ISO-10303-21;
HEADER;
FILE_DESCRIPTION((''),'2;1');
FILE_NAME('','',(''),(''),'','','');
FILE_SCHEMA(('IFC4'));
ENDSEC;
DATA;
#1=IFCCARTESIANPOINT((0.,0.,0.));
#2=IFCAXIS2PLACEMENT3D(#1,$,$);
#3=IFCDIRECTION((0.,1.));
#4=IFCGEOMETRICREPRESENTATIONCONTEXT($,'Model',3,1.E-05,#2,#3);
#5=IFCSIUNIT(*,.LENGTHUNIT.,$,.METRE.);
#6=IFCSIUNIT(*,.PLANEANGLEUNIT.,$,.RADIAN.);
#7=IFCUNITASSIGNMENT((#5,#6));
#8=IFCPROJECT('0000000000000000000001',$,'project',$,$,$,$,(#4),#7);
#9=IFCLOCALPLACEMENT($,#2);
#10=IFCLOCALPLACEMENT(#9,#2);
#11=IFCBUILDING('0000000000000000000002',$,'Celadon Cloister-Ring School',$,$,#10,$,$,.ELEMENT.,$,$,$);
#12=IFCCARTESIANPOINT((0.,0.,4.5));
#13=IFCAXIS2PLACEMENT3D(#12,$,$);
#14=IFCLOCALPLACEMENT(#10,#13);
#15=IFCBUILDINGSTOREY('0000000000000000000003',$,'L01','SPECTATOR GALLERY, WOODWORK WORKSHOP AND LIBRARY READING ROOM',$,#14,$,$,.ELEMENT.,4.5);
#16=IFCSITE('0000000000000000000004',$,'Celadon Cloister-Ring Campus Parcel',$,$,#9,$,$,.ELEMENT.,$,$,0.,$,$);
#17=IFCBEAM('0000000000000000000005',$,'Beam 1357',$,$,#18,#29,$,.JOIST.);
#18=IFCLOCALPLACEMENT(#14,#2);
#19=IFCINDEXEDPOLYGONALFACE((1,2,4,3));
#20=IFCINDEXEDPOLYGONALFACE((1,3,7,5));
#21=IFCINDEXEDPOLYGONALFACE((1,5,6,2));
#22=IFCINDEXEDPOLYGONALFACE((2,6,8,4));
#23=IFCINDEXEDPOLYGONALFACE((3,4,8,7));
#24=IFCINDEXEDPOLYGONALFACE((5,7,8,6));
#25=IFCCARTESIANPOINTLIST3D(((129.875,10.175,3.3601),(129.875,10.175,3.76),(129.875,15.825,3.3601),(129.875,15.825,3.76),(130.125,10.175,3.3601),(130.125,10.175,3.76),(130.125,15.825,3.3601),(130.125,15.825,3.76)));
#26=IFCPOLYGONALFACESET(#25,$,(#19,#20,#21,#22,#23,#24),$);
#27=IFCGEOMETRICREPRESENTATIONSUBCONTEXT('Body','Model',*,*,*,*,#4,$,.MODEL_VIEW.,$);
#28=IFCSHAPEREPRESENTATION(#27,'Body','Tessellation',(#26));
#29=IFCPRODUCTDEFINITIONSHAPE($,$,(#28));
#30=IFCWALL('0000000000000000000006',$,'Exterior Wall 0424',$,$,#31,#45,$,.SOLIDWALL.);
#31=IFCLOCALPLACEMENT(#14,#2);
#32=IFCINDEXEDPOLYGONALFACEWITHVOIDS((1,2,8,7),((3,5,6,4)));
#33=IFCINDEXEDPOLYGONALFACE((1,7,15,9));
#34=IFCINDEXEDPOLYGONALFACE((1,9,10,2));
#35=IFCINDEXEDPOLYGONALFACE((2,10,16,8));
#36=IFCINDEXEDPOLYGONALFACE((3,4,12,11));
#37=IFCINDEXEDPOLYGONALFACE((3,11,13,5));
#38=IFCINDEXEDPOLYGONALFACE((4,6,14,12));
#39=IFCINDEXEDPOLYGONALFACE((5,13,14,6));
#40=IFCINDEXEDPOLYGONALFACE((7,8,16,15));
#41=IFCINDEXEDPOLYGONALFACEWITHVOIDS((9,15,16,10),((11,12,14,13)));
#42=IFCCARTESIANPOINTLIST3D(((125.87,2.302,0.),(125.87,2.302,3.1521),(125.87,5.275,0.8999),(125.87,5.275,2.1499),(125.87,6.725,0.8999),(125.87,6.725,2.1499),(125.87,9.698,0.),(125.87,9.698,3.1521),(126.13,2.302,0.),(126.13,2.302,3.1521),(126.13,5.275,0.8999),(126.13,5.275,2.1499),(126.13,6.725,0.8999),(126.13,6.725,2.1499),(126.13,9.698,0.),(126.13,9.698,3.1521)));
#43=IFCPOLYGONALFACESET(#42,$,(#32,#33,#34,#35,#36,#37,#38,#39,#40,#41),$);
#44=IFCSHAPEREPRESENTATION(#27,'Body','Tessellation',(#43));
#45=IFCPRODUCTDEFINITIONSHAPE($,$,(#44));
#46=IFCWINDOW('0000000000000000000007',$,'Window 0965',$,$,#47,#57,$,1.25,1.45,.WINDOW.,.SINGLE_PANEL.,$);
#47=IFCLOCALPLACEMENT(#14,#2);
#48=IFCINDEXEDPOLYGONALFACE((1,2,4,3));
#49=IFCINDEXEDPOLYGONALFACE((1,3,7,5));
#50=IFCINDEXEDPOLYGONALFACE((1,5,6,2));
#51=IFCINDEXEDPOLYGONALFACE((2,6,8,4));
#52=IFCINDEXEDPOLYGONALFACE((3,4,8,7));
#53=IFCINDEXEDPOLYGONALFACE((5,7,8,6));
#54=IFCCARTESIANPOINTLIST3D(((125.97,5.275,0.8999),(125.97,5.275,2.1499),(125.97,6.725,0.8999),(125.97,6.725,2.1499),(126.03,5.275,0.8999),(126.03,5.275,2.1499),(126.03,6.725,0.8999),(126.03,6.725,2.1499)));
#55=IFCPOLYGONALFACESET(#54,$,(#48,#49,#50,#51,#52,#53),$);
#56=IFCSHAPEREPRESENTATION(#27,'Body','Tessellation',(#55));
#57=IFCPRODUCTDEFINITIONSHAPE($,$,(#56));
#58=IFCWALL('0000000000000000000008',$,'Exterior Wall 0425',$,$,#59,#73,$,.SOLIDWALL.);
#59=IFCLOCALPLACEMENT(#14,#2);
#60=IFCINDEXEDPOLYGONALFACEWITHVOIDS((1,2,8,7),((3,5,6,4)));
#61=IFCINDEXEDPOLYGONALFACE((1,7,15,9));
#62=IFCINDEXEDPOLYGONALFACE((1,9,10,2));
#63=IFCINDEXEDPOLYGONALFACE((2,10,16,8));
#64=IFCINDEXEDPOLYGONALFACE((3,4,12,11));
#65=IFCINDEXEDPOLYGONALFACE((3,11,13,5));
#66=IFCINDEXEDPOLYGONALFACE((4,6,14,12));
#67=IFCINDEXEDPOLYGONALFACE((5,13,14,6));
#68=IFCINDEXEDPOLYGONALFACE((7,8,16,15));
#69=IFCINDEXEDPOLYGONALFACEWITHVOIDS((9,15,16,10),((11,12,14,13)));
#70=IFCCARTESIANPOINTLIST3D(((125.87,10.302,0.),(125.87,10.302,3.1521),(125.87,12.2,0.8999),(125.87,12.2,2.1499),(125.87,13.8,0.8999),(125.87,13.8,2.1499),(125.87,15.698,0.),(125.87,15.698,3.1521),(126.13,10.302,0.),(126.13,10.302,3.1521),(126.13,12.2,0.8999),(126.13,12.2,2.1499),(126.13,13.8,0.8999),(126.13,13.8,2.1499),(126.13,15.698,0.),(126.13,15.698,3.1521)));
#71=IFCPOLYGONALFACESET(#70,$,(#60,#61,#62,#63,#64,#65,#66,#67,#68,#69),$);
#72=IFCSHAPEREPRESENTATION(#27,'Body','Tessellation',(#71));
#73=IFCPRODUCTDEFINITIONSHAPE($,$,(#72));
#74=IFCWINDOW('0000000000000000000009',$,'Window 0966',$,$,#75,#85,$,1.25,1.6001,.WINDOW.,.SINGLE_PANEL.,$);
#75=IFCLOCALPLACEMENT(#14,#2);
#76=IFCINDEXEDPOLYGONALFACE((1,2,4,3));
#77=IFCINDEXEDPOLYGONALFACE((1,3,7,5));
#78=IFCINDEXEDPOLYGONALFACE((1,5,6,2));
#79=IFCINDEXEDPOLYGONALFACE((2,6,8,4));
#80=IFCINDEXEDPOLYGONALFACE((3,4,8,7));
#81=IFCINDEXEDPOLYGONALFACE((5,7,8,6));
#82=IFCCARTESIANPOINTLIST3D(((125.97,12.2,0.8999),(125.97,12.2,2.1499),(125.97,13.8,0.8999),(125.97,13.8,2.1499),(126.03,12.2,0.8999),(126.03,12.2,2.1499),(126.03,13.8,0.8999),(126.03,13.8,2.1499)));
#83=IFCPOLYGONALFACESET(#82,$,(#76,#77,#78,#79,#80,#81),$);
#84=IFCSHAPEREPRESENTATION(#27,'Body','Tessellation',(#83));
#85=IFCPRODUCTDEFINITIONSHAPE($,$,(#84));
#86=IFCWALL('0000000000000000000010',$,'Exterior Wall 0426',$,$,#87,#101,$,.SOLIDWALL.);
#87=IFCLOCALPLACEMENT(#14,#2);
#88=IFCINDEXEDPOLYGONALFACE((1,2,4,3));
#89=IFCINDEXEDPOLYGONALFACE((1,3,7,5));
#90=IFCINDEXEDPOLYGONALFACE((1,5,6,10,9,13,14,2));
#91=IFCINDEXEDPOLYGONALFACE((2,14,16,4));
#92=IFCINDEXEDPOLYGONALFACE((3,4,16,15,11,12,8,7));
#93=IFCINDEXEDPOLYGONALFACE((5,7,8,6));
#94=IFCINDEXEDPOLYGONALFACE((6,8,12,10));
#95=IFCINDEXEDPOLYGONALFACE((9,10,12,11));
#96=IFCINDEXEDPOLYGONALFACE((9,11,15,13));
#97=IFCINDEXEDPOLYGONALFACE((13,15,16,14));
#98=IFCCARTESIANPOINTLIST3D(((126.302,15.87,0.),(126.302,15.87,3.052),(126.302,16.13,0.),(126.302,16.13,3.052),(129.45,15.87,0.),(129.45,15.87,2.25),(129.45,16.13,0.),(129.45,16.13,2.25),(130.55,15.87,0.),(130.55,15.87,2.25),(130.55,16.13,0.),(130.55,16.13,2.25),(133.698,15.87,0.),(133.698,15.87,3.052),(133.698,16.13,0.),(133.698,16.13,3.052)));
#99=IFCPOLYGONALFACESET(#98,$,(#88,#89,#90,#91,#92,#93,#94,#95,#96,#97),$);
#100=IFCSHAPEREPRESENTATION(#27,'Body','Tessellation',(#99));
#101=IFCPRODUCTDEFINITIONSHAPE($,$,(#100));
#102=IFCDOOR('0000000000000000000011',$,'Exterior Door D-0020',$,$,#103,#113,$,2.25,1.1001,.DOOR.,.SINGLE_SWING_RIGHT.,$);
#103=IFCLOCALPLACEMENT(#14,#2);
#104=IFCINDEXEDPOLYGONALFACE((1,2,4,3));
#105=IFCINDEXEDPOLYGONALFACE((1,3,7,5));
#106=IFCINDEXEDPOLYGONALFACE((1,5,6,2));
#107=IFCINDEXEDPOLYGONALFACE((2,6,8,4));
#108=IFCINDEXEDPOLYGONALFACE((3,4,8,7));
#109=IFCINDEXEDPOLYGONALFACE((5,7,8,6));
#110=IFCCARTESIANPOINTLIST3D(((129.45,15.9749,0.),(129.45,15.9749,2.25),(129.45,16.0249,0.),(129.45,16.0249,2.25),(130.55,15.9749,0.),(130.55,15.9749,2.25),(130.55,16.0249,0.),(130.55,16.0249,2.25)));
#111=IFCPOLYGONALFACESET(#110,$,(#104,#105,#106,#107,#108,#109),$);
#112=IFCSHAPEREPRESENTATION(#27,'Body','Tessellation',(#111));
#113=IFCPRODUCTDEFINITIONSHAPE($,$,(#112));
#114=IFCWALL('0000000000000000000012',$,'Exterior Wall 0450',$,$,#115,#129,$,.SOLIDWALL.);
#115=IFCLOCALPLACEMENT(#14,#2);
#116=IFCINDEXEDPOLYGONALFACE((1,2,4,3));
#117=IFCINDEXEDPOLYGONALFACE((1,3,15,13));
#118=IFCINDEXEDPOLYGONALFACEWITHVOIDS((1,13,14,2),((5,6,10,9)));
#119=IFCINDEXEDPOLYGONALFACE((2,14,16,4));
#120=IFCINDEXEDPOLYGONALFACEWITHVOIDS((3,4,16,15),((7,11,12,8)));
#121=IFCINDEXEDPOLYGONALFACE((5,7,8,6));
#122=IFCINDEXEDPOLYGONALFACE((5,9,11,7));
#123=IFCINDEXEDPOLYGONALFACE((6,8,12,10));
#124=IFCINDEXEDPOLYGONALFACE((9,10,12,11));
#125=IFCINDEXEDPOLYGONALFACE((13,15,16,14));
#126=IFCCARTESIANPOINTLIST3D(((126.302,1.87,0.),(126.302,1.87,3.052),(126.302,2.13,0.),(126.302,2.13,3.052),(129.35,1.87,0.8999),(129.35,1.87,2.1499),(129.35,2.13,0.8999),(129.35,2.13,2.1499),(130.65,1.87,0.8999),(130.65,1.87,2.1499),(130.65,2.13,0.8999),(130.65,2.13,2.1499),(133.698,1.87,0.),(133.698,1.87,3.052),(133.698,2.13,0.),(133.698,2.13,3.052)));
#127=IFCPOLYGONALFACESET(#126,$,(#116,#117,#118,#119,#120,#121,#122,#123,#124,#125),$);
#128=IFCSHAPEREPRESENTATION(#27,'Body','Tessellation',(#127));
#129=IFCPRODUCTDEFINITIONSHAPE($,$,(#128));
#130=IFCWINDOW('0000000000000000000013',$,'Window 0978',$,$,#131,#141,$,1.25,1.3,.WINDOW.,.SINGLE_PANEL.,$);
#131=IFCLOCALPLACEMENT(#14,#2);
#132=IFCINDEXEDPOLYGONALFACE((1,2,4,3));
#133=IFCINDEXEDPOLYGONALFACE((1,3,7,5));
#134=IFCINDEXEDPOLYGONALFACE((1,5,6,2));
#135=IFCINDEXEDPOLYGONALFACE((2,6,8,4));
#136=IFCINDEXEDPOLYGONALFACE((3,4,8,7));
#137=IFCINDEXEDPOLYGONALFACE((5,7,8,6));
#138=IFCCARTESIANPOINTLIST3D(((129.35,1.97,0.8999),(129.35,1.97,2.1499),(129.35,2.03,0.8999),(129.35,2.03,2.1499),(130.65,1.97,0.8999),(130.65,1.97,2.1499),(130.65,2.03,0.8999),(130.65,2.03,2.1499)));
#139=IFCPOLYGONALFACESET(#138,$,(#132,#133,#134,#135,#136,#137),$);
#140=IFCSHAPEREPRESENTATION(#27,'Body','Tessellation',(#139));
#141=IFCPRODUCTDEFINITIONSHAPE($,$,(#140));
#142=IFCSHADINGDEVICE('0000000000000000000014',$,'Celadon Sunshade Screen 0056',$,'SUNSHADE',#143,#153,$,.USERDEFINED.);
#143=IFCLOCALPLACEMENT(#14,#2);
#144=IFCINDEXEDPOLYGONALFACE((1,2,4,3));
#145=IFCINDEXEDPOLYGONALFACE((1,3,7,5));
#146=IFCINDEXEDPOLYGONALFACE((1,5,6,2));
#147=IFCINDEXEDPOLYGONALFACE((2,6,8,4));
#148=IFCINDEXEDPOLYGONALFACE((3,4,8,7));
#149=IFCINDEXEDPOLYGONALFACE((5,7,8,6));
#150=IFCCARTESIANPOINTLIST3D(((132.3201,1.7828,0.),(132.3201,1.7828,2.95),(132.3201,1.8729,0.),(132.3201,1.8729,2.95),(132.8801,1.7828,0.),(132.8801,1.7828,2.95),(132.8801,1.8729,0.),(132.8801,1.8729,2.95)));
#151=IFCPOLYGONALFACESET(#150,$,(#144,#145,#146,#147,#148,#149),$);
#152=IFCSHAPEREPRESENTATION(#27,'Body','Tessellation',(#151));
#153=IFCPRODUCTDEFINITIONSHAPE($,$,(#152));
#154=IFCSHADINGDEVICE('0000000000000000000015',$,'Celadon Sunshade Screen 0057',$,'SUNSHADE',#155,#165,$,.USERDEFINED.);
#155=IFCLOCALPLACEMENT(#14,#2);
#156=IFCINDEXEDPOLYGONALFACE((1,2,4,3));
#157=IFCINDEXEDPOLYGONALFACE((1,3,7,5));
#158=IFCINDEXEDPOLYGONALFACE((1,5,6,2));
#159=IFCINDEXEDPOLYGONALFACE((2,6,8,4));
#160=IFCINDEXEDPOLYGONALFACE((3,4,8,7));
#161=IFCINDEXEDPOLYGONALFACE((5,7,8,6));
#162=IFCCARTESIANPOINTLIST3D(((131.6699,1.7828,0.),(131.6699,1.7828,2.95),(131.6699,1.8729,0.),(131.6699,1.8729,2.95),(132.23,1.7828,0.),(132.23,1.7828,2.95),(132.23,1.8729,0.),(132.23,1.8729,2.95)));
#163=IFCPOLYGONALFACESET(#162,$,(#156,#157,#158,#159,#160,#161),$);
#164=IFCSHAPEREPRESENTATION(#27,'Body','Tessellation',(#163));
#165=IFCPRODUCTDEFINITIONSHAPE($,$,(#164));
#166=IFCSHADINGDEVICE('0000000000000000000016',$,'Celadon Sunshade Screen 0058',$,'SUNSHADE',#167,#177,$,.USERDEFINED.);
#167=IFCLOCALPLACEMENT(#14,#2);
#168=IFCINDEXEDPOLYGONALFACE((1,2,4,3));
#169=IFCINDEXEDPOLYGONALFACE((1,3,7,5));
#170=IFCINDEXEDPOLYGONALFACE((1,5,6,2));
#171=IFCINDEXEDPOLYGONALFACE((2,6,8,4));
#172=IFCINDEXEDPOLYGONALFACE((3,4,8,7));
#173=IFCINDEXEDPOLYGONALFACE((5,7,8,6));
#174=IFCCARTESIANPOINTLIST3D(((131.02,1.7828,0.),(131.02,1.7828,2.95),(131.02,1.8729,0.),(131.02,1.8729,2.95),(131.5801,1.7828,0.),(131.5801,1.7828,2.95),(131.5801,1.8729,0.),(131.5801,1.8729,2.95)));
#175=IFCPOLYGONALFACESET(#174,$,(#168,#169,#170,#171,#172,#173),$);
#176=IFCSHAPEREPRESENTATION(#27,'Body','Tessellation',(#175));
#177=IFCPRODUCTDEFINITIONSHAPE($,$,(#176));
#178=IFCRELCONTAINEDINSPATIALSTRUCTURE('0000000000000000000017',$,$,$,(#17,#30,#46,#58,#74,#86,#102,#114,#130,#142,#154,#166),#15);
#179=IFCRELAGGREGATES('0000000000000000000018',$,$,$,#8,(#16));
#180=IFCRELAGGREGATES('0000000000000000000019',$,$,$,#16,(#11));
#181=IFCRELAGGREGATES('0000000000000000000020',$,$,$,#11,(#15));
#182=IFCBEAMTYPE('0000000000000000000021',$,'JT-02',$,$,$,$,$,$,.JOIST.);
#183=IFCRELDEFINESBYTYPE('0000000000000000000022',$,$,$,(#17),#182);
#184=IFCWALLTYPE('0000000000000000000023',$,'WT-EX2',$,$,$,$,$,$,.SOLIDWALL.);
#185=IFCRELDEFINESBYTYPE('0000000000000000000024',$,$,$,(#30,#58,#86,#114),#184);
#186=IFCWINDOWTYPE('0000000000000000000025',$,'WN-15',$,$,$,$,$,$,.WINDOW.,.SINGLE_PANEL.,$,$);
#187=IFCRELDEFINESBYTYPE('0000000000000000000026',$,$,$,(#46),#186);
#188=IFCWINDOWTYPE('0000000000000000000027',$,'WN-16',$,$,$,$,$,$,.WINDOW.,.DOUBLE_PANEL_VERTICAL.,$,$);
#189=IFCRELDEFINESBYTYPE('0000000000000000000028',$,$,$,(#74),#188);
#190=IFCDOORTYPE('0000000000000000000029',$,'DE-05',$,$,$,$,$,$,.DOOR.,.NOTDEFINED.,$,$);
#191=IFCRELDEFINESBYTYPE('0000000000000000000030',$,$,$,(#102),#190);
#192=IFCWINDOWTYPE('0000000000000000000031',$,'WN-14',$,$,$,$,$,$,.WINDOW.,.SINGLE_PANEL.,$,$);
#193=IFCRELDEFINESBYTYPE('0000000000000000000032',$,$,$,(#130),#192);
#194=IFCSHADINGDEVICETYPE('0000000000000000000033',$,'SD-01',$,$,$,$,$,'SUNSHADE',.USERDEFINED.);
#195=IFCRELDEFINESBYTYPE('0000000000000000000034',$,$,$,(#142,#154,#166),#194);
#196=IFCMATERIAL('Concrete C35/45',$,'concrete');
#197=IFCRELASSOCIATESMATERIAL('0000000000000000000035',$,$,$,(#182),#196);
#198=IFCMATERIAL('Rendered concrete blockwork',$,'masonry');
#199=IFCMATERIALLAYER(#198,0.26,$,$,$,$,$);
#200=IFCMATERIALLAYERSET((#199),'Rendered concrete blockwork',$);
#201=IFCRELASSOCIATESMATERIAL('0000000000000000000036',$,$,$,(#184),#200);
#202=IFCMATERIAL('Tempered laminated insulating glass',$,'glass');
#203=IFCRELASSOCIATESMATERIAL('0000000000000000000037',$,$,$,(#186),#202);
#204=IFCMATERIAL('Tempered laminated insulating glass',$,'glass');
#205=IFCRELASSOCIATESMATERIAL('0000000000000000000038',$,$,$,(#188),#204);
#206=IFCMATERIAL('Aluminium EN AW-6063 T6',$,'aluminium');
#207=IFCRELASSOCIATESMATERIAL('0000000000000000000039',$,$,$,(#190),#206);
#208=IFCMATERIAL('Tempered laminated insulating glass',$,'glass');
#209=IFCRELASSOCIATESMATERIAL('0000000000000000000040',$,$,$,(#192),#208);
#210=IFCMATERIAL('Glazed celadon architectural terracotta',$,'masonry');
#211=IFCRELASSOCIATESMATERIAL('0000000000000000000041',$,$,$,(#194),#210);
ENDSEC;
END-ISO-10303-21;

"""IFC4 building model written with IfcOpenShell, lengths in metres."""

from ifc_helpers import new_model, si_unit, direction, frame, frame_2d, origin, origin_2d, place, context, subcontext, project, spatial, rectangle, extrude, material, layer, layer_set, material_profile, profile_set, type_object, element, fill, save


model = new_model("IFC4")

# Units and contexts
model_context = context("Model", 3, precision=1e-05, world=origin(), true_north=direction((0.0, 1.0)))
body_context = subcontext(model_context, "Body", "Model", "MODEL_VIEW")
ifc_project = project(units=[si_unit("LENGTHUNIT", "METRE"), si_unit("PLANEANGLEUNIT", "RADIAN")], contexts=[model_context])

# Site, building, storey
site_placement = place(None, origin())
site = spatial("IfcSite", under=ifc_project, at=site_placement, Name="Celadon Cloister-Ring Campus Parcel", CompositionType="ELEMENT", RefElevation=0.0)
building_placement = place(site_placement, origin())
building = spatial("IfcBuilding", under=site, at=building_placement, Name="Celadon Cloister-Ring School", CompositionType="ELEMENT")
storey_placement = place(building_placement, frame((0.0, 0.0, 4.5)))
storey = spatial("IfcBuildingStorey", under=building, at=storey_placement, Name="L01", Description="SPECTATOR GALLERY, WOODWORK WORKSHOP AND LIBRARY READING ROOM", CompositionType="ELEMENT", Elevation=4.5)

# Beam
ifc_material_1 = material(Name="Concrete C35/45", Category="concrete")
ifc_material_profile_1 = material_profile(ifc_material_1, rectangle(XDim=0.25, YDim=0.3999, at=origin_2d()), Name="RC250X400")
ifc_profile_set_1 = profile_set([ifc_material_profile_1], Name="Concrete C35/45")
beam_type_1 = type_object("IfcBeamType", Name="JT-02", PredefinedType="JOIST", material=ifc_profile_set_1)
beam_1_placement = place(storey_placement, frame((130.0, 10.175, 3.5601), z_axis=(0.0, 1.0, 0.0), x_axis=(-1.0, 0.0, 0.0)))
element("IfcBeam", 1, at=beam_1_placement, inside=storey, type_object=beam_type_1, Name="Beam 1357", PredefinedType="JOIST", context=body_context, shape_type="SweptSolid", body=[
    extrude(rectangle(XDim=0.25, YDim=0.3999, at=origin_2d()), origin(), (0.0, 0.0, 1.0), 5.6499),
])

# Walls, openings, windows
ifc_material_2 = material(Name="Rendered concrete blockwork", Category="masonry")
ifc_layer = layer(ifc_material_2, 0.26)
ifc_layer_set = layer_set([ifc_layer], Name="Rendered concrete blockwork")
wall_type = type_object("IfcWallType", Name="WT-EX2", PredefinedType="SOLIDWALL", material=ifc_layer_set)
wall_1_placement = place(storey_placement, frame((126.0, 2.302, 0.0), z_axis=(0.0, 0.0, 1.0), x_axis=(0.0, 1.0, 0.0)))
wall_1 = element("IfcWall", 2, at=wall_1_placement, inside=storey, type_object=wall_type, Name="Exterior Wall 0424", PredefinedType="SOLIDWALL", context=body_context, shape_type="SweptSolid", body=[
    extrude(rectangle(XDim=7.396, YDim=0.26, at=frame_2d((3.698, 0.0))), origin(), (0.0, 0.0, 1.0), 3.1521),
])
opening_1_placement = place(wall_1_placement, frame((2.9729, 0.0, 0.8999)))
opening_1 = element("IfcOpeningElement", 3, at=opening_1_placement, cuts=wall_1, PredefinedType="OPENING", context=body_context, shape_type="SweptSolid", body=[
    extrude(rectangle(XDim=1.45, YDim=1.25, at=frame_2d((0.7251, 0.625))), frame((0.0, 0.1401, 0.0), z_axis=(0.0, -1.0, 0.0), x_axis=(1.0, 0.0, 0.0)), (0.0, 0.0, 1.0), 0.28),
])
ifc_material_3 = material(Name="Tempered laminated insulating glass", Category="glass")
window_type_1 = type_object("IfcWindowType", Name="WN-15", PartitioningType="SINGLE_PANEL", PredefinedType="WINDOW", material=ifc_material_3)
window_1_placement = place(opening_1_placement, origin())
window_1 = element("IfcWindow", 4, at=window_1_placement, inside=storey, type_object=window_type_1, Name="Window 0965", OverallHeight=1.25, OverallWidth=1.45, PartitioningType="SINGLE_PANEL", PredefinedType="WINDOW", context=body_context, shape_type="SweptSolid", body=[
    extrude(rectangle(XDim=1.45, YDim=1.25, at=frame_2d((0.7251, 0.625))), frame((0.0, 0.03, 0.0), z_axis=(0.0, -1.0, 0.0), x_axis=(1.0, 0.0, 0.0)), (0.0, 0.0, 1.0), 0.0601),
])
fill(opening_1, window_1)
wall_2_placement = place(storey_placement, frame((126.0, 10.302, 0.0), z_axis=(0.0, 0.0, 1.0), x_axis=(0.0, 1.0, 0.0)))
wall_2 = element("IfcWall", 5, at=wall_2_placement, inside=storey, type_object=wall_type, Name="Exterior Wall 0425", PredefinedType="SOLIDWALL", context=body_context, shape_type="SweptSolid", body=[
    extrude(rectangle(XDim=5.396, YDim=0.26, at=frame_2d((2.698, 0.0))), origin(), (0.0, 0.0, 1.0), 3.1521),
])
opening_2_placement = place(wall_2_placement, frame((1.8979, 0.0, 0.8999)))
opening_2 = element("IfcOpeningElement", 6, at=opening_2_placement, cuts=wall_2, PredefinedType="OPENING", context=body_context, shape_type="SweptSolid", body=[
    extrude(rectangle(XDim=1.6001, YDim=1.25, at=frame_2d((0.8, 0.625))), frame((0.0, 0.1401, 0.0), z_axis=(0.0, -1.0, 0.0), x_axis=(1.0, 0.0, 0.0)), (0.0, 0.0, 1.0), 0.28),
])
ifc_material_4 = material(Name="Tempered laminated insulating glass", Category="glass")
window_type_2 = type_object("IfcWindowType", Name="WN-16", PartitioningType="DOUBLE_PANEL_VERTICAL", PredefinedType="WINDOW", material=ifc_material_4)
window_2_placement = place(opening_2_placement, origin())
window_2 = element("IfcWindow", 7, at=window_2_placement, inside=storey, type_object=window_type_2, Name="Window 0966", OverallHeight=1.25, OverallWidth=1.6001, PartitioningType="SINGLE_PANEL", PredefinedType="WINDOW", context=body_context, shape_type="SweptSolid", body=[
    extrude(rectangle(XDim=1.6001, YDim=1.25, at=frame_2d((0.8, 0.625))), frame((0.0, 0.03, 0.0), z_axis=(0.0, -1.0, 0.0), x_axis=(1.0, 0.0, 0.0)), (0.0, 0.0, 1.0), 0.0601),
])
fill(opening_2, window_2)

# Wall, opening, door
wall_3_placement = place(storey_placement, frame((126.302, 16.0, 0.0), z_axis=(0.0, 0.0, 1.0), x_axis=(1.0, 0.0, 0.0)))
wall_3 = element("IfcWall", 8, at=wall_3_placement, inside=storey, type_object=wall_type, Name="Exterior Wall 0426", PredefinedType="SOLIDWALL", context=body_context, shape_type="SweptSolid", body=[
    extrude(rectangle(XDim=7.396, YDim=0.26, at=frame_2d((3.698, 0.0))), origin(), (0.0, 0.0, 1.0), 3.052),
])
opening_3_placement = place(wall_3_placement, frame((3.1479, 0.0, 0.0)))
opening_3 = element("IfcOpeningElement", 9, at=opening_3_placement, cuts=wall_3, PredefinedType="OPENING", context=body_context, shape_type="SweptSolid", body=[
    extrude(rectangle(XDim=1.1001, YDim=2.25, at=frame_2d((0.55, 1.125))), frame((0.0, 0.1401, 0.0), z_axis=(0.0, -1.0, 0.0), x_axis=(1.0, 0.0, 0.0)), (0.0, 0.0, 1.0), 0.28),
])
ifc_material_5 = material(Name="Aluminium EN AW-6063 T6", Category="aluminium")
door_type = type_object("IfcDoorType", Name="DE-05", OperationType="NOTDEFINED", PredefinedType="DOOR", material=ifc_material_5)
door_placement = place(opening_3_placement, origin())
door = element("IfcDoor", 10, at=door_placement, inside=storey, type_object=door_type, Name="Exterior Door D-0020", OperationType="SINGLE_SWING_RIGHT", OverallHeight=2.25, OverallWidth=1.1001, PredefinedType="DOOR", context=body_context, shape_type="SweptSolid", body=[
    extrude(rectangle(XDim=1.1001, YDim=2.25, at=frame_2d((0.55, 1.125))), frame((0.0, 0.0249, 0.0), z_axis=(0.0, -1.0, 0.0), x_axis=(1.0, 0.0, 0.0)), (0.0, 0.0, 1.0), 0.05),
])
fill(opening_3, door)

# Wall, opening, window
wall_4_placement = place(storey_placement, frame((133.698, 2.0, 0.0), z_axis=(0.0, 0.0, 1.0), x_axis=(-1.0, 0.0, 0.0)))
wall_4 = element("IfcWall", 11, at=wall_4_placement, inside=storey, type_object=wall_type, Name="Exterior Wall 0450", PredefinedType="SOLIDWALL", context=body_context, shape_type="SweptSolid", body=[
    extrude(rectangle(XDim=7.396, YDim=0.26, at=frame_2d((3.698, 0.0))), origin(), (0.0, 0.0, 1.0), 3.052),
])
opening_4_placement = place(wall_4_placement, frame((3.0481, 0.0, 0.8999)))
opening_4 = element("IfcOpeningElement", 12, at=opening_4_placement, cuts=wall_4, PredefinedType="OPENING", context=body_context, shape_type="SweptSolid", body=[
    extrude(rectangle(XDim=1.3, YDim=1.25, at=frame_2d((0.6499, 0.625))), frame((0.0, 0.1401, 0.0), z_axis=(0.0, -1.0, 0.0), x_axis=(1.0, 0.0, 0.0)), (0.0, 0.0, 1.0), 0.28),
])
ifc_material_6 = material(Name="Tempered laminated insulating glass", Category="glass")
window_type_3 = type_object("IfcWindowType", Name="WN-14", PartitioningType="SINGLE_PANEL", PredefinedType="WINDOW", material=ifc_material_6)
window_3_placement = place(opening_4_placement, origin())
window_3 = element("IfcWindow", 13, at=window_3_placement, inside=storey, type_object=window_type_3, Name="Window 0978", OverallHeight=1.25, OverallWidth=1.3, PartitioningType="SINGLE_PANEL", PredefinedType="WINDOW", context=body_context, shape_type="SweptSolid", body=[
    extrude(rectangle(XDim=1.3, YDim=1.25, at=frame_2d((0.6499, 0.625))), frame((0.0, 0.03, 0.0), z_axis=(0.0, -1.0, 0.0), x_axis=(1.0, 0.0, 0.0)), (0.0, 0.0, 1.0), 0.0601),
])
fill(opening_4, window_3)

# Shading devices
ifc_material_7 = material(Name="Glazed celadon architectural terracotta", Category="masonry")
shading_device_type = type_object("IfcShadingDeviceType", Name="SD-01", ElementType="SUNSHADE", PredefinedType="USERDEFINED", material=ifc_material_7)
for number, where, z_axis, x_axis, name in (
    (14, (132.6001, 1.8279, 0.0), (0.0, 0.0, 1.0), (-1.0, 0.0, 0.0), "Celadon Sunshade Screen 0056"),
    (15, (131.95, 1.8279, 0.0), (0.0, 0.0, 1.0), (-1.0, 0.0, 0.0), "Celadon Sunshade Screen 0057"),
    (16, (131.3, 1.8279, 0.0), (0.0, 0.0, 1.0), (-1.0, 0.0, 0.0), "Celadon Sunshade Screen 0058"),
):
    element("IfcShadingDevice", number, at=place(storey_placement, frame(where, z_axis=z_axis, x_axis=x_axis)), inside=storey, type_object=shading_device_type, Name=name, ObjectType="SUNSHADE", PredefinedType="USERDEFINED", context=body_context, shape_type="SweptSolid", body=[
        extrude(rectangle(XDim=0.5601, YDim=0.0901, at=origin_2d()), origin(), (0.0, 0.0, 1.0), 2.95),
    ])

save(model, "model.ifc")
